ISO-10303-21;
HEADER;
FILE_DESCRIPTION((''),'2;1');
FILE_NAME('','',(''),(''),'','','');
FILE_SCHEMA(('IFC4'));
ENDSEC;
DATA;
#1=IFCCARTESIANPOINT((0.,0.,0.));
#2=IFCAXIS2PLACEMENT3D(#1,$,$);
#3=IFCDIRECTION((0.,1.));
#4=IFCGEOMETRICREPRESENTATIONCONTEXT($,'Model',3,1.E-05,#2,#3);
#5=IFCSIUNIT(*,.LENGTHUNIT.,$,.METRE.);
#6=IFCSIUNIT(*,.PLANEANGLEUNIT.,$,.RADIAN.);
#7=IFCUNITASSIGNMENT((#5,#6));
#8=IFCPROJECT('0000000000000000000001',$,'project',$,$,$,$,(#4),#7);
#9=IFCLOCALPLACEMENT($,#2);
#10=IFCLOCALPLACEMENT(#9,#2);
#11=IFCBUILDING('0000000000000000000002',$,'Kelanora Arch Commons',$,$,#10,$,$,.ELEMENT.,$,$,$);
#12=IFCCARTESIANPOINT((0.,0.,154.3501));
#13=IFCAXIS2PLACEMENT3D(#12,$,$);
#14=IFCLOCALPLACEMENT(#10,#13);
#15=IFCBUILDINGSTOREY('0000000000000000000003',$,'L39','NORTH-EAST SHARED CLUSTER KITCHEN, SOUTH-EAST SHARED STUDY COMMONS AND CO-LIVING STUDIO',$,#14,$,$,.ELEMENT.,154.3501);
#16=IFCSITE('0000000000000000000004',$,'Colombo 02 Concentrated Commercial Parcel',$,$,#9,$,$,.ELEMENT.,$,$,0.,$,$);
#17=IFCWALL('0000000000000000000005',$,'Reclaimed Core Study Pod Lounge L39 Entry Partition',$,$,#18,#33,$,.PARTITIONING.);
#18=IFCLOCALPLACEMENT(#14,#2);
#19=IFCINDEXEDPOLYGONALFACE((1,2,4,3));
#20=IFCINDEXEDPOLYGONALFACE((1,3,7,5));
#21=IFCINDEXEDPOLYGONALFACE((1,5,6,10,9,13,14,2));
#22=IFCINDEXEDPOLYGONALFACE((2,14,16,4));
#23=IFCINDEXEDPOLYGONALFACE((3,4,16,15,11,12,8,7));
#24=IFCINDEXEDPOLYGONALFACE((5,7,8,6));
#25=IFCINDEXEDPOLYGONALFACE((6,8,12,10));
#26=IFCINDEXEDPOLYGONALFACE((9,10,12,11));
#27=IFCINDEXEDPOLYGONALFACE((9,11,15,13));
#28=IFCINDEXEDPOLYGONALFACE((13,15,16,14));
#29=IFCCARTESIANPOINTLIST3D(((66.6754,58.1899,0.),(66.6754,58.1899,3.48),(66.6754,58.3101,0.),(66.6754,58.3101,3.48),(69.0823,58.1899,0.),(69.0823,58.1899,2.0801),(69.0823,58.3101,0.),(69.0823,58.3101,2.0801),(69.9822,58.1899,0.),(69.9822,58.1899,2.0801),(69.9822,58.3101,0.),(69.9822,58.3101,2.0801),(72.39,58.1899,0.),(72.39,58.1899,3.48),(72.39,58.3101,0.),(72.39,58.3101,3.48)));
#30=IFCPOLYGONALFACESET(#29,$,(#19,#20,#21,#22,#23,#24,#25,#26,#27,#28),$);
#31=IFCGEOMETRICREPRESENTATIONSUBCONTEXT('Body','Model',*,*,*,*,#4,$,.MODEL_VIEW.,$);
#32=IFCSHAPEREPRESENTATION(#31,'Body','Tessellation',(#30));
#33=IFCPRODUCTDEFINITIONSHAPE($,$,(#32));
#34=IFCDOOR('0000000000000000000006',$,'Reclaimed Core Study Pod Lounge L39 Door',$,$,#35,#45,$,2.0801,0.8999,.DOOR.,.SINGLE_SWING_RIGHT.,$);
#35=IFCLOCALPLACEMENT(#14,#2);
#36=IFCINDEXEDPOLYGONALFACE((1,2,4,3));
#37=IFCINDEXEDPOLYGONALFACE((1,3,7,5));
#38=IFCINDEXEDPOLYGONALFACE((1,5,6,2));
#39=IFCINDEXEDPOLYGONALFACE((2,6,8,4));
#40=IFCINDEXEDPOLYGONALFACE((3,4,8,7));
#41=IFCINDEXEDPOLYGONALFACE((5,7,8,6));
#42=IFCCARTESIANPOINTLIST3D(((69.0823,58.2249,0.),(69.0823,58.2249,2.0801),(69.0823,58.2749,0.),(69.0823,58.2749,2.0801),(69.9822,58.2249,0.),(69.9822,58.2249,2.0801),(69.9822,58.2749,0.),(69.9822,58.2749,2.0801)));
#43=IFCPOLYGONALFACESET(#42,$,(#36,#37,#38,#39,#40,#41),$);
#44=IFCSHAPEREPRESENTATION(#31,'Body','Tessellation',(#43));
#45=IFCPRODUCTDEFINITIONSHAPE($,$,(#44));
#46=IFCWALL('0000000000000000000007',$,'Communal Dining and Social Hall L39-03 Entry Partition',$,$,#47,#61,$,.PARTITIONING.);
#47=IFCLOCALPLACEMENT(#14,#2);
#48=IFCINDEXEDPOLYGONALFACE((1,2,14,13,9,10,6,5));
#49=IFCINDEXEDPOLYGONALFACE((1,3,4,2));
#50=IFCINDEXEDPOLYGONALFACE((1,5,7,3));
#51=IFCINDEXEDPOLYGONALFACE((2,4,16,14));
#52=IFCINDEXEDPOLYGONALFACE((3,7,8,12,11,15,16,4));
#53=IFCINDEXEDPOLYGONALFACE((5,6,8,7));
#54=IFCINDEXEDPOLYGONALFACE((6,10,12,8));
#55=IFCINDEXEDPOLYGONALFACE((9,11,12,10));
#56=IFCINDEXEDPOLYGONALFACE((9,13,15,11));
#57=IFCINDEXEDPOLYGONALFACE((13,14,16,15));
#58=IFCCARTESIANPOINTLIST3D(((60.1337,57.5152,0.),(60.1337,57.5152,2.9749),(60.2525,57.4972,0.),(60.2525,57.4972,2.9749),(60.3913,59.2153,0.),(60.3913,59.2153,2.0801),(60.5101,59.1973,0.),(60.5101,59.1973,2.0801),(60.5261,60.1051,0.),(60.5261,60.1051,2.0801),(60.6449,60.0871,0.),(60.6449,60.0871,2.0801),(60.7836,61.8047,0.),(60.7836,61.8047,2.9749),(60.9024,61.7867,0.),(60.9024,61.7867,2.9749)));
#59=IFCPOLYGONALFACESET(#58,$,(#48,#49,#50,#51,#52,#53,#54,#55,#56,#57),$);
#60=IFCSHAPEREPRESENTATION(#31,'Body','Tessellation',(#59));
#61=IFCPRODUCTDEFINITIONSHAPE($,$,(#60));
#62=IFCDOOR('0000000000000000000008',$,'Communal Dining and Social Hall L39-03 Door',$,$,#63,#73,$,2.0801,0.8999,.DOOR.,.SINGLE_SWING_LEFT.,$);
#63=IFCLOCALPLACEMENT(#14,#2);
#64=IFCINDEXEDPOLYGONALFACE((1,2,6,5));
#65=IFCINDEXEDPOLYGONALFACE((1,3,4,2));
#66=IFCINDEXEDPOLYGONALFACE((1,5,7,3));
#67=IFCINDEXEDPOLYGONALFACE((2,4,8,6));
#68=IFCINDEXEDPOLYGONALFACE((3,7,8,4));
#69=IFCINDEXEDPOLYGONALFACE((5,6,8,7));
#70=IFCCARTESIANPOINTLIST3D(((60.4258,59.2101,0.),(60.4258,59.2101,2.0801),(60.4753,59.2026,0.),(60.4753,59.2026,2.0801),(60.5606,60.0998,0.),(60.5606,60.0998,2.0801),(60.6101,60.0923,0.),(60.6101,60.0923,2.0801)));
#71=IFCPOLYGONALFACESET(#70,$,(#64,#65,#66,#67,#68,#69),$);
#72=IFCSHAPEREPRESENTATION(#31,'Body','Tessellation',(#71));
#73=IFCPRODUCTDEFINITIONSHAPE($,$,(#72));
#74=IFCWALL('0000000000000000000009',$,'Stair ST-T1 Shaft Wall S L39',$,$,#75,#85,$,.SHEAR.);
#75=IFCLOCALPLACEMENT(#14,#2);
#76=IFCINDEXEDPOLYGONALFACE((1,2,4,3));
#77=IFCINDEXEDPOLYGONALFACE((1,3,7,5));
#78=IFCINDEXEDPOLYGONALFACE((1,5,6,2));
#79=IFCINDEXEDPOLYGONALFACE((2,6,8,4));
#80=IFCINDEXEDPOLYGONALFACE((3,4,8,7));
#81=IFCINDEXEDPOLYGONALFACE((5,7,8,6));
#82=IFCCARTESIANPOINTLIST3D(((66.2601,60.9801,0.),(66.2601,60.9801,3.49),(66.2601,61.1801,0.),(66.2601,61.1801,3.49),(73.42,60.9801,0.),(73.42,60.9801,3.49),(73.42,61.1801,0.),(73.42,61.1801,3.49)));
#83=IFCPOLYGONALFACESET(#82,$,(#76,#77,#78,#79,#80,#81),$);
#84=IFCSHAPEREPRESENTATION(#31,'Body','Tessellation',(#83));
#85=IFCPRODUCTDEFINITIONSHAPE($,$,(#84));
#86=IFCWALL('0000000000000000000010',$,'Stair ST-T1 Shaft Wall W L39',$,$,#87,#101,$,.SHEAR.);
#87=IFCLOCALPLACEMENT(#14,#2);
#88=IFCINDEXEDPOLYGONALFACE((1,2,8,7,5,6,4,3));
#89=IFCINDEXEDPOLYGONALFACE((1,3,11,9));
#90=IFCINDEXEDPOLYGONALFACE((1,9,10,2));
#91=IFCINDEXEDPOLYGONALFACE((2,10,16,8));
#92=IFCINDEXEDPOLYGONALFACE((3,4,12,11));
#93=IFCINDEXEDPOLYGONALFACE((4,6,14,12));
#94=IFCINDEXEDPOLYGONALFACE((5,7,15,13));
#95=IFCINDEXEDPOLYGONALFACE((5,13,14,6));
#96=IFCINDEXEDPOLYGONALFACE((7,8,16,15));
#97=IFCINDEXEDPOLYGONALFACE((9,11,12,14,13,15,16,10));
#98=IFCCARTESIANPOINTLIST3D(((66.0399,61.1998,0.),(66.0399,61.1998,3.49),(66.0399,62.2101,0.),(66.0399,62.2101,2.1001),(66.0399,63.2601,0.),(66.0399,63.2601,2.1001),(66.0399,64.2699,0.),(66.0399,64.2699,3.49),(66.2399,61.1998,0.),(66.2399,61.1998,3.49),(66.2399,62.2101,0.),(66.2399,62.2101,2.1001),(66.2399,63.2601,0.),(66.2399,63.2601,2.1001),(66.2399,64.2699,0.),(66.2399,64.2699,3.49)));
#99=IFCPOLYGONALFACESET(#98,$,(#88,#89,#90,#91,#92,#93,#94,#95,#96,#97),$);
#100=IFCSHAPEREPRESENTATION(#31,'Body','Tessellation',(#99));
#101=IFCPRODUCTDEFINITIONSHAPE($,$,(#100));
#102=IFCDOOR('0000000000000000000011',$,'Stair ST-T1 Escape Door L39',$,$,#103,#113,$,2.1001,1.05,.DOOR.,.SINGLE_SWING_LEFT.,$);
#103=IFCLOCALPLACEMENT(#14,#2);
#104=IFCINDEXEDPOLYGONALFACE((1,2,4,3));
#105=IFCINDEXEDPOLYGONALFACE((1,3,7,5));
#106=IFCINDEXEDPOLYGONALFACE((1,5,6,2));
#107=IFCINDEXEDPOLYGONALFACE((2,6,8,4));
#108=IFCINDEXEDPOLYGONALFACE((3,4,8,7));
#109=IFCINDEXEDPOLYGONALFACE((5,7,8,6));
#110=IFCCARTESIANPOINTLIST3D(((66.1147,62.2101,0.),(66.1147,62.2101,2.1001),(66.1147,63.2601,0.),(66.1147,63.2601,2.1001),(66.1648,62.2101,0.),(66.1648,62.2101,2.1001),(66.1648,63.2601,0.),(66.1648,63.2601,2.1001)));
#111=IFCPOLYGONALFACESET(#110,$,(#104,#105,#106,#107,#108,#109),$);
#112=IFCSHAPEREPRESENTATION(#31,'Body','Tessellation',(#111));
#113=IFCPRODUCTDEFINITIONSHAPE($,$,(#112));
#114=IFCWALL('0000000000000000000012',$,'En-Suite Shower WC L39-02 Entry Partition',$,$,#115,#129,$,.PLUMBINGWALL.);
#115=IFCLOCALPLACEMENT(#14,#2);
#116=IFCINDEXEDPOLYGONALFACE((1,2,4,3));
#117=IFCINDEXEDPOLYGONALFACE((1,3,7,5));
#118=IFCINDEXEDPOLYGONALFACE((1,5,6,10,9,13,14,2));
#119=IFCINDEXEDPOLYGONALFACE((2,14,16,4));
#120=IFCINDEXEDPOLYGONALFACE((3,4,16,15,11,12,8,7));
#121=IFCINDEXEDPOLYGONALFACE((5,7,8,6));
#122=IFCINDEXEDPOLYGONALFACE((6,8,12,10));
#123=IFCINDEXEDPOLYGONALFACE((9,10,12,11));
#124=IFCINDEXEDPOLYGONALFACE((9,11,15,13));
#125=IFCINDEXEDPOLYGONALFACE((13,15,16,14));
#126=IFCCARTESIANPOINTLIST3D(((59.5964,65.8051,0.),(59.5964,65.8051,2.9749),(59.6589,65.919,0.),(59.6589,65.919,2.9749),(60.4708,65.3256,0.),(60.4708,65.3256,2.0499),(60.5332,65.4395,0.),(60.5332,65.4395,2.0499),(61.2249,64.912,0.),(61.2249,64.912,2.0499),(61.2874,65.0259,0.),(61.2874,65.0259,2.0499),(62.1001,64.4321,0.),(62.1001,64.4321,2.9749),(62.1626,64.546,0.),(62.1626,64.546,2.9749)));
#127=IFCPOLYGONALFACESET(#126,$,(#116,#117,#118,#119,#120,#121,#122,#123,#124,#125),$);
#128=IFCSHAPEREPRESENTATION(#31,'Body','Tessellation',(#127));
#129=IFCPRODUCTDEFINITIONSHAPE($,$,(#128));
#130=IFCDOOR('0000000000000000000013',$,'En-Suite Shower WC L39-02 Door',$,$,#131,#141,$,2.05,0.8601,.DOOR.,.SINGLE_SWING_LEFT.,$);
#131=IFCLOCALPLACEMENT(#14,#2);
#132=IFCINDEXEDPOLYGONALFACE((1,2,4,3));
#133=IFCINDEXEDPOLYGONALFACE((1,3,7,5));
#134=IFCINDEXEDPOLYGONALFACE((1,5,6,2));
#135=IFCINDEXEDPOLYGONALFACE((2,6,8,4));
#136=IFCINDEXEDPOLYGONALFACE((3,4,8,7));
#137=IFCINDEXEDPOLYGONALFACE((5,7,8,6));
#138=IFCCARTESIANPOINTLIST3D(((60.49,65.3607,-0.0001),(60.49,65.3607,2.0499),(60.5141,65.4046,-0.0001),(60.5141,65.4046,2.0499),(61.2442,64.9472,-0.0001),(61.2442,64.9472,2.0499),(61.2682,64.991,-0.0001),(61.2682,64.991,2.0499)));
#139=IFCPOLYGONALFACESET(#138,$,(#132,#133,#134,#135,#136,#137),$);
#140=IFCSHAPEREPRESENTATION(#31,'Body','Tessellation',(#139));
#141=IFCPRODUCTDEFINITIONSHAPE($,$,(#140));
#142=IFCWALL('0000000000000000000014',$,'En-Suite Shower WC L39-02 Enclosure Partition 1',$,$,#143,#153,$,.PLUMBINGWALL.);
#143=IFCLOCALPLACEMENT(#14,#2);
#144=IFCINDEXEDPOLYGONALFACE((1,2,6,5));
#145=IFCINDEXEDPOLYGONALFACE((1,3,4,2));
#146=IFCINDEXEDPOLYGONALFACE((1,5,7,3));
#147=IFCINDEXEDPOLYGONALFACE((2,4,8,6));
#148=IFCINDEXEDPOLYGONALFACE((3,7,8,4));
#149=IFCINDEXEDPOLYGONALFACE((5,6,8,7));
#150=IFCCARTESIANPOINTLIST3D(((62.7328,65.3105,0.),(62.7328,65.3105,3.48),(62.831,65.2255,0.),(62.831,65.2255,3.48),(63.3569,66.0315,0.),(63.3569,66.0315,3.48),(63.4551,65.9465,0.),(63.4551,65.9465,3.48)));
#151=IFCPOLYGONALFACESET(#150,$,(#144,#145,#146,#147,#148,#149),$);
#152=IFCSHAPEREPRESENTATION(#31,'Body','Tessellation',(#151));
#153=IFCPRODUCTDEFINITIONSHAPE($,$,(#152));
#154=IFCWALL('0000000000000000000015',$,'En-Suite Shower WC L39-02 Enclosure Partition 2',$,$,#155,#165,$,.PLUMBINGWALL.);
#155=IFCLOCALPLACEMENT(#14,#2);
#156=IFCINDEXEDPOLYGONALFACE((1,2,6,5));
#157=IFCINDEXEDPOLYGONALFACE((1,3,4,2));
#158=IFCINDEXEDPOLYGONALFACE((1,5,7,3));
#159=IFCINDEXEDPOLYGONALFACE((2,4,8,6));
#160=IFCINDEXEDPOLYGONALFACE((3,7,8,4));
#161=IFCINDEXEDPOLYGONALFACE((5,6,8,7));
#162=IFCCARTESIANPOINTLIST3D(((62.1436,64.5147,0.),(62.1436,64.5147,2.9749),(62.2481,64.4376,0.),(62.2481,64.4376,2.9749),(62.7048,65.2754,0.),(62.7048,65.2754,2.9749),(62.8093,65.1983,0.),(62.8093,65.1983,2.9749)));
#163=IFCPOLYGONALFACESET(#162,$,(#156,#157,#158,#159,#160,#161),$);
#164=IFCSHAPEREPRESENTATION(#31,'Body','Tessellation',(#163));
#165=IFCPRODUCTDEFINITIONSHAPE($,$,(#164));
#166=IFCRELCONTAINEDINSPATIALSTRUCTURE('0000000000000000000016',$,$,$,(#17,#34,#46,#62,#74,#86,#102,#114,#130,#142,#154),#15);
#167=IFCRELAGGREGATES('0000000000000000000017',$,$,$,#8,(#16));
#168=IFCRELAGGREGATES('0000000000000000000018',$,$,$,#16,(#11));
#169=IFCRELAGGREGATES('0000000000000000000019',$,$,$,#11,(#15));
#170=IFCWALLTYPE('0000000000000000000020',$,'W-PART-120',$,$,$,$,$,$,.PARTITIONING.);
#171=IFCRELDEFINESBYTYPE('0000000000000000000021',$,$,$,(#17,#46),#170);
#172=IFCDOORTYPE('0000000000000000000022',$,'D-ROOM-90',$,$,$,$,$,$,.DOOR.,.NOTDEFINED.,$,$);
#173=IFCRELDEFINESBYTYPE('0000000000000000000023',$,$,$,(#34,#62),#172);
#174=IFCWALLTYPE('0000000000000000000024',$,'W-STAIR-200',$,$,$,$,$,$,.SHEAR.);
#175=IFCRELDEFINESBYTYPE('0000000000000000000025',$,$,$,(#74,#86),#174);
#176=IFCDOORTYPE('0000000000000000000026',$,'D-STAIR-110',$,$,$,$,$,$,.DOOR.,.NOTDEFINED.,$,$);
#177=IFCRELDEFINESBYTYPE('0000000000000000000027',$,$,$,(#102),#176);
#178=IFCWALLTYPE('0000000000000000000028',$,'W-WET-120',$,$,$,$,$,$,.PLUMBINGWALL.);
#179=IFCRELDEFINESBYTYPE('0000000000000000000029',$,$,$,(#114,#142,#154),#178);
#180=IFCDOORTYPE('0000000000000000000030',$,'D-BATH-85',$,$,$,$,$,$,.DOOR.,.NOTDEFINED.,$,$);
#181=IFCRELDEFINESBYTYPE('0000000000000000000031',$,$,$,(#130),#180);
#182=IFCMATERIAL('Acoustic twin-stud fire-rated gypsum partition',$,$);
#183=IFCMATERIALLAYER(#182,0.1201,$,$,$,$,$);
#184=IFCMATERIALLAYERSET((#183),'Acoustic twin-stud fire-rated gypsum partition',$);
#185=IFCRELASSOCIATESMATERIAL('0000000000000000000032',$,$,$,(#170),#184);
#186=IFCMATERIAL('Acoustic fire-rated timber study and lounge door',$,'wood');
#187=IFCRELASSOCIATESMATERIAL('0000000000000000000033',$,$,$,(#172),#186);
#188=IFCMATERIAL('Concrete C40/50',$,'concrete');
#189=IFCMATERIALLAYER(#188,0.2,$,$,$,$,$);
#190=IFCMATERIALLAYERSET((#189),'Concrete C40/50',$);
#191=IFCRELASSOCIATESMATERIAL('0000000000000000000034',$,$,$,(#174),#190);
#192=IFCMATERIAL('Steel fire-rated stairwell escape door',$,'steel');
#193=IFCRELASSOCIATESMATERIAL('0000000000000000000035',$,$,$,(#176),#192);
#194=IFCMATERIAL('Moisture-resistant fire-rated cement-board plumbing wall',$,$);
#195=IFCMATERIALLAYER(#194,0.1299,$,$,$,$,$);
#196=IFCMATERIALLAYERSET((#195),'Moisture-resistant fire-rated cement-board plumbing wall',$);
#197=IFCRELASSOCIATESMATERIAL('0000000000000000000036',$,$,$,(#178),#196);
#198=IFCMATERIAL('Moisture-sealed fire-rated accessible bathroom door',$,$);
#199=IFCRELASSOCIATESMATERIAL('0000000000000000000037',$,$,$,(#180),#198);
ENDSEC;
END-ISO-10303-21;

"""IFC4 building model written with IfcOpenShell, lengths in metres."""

from ifc_helpers import new_model, si_unit, direction, frame, frame_2d, origin, place, context, subcontext, project, spatial, rectangle, extrude, material, layer, layer_set, type_object, element, fill, save


model = new_model("IFC4")

# Units and contexts
model_context = context("Model", 3, precision=1e-05, world=origin(), true_north=direction((0.0, 1.0)))
body_context = subcontext(model_context, "Body", "Model", "MODEL_VIEW")
ifc_project = project(units=[si_unit("LENGTHUNIT", "METRE"), si_unit("PLANEANGLEUNIT", "RADIAN")], contexts=[model_context])

# Site, building, storey
site_placement = place(None, origin())
site = spatial("IfcSite", under=ifc_project, at=site_placement, Name="Colombo 02 Concentrated Commercial Parcel", CompositionType="ELEMENT", RefElevation=0.0)
building_placement = place(site_placement, origin())
building = spatial("IfcBuilding", under=site, at=building_placement, Name="Kelanora Arch Commons", CompositionType="ELEMENT")
storey_placement = place(building_placement, frame((0.0, 0.0, 154.3501)))
storey = spatial("IfcBuildingStorey", under=building, at=storey_placement, Name="L39", Description="NORTH-EAST SHARED CLUSTER KITCHEN, SOUTH-EAST SHARED STUDY COMMONS AND CO-LIVING STUDIO", CompositionType="ELEMENT", Elevation=154.3501)

# Walls, openings, doors
ifc_material_1 = material(Name="Acoustic twin-stud fire-rated gypsum partition")
ifc_layer_1 = layer(ifc_material_1, 0.1201)
ifc_layer_set_1 = layer_set([ifc_layer_1], Name="Acoustic twin-stud fire-rated gypsum partition")
wall_type_1 = type_object("IfcWallType", Name="W-PART-120", PredefinedType="PARTITIONING", material=ifc_layer_set_1)
wall_1_placement = place(storey_placement, frame((66.6753, 58.25, 0.0), z_axis=(0.0, 0.0, 1.0), x_axis=(1.0, 0.0, 0.0)))
wall_1 = element("IfcWall", 1, at=wall_1_placement, inside=storey, type_object=wall_type_1, Name="Reclaimed Core Study Pod Lounge L39 Entry Partition", PredefinedType="PARTITIONING", context=body_context, shape_type="SweptSolid", body=[
    extrude(rectangle(XDim=5.7146, YDim=0.1201, at=frame_2d((2.8574, 0.0))), origin(), (0.0, 0.0, 1.0), 3.48),
])
opening_1_placement = place(wall_1_placement, frame((2.407, 0.0, 0.0)))
opening_1 = element("IfcOpeningElement", 2, at=opening_1_placement, cuts=wall_1, PredefinedType="OPENING", context=body_context, shape_type="SweptSolid", body=[
    extrude(rectangle(XDim=0.8999, YDim=2.0801, at=frame_2d((0.45, 1.04))), frame((0.0, 0.0701, 0.0), z_axis=(0.0, -1.0, 0.0), x_axis=(1.0, 0.0, 0.0)), (0.0, 0.0, 1.0), 0.1401),
])
ifc_material_2 = material(Name="Acoustic fire-rated timber study and lounge door", Category="wood")
door_type_1 = type_object("IfcDoorType", Name="D-ROOM-90", OperationType="NOTDEFINED", PredefinedType="DOOR", material=ifc_material_2)
door_1_placement = place(opening_1_placement, origin())
door_1 = element("IfcDoor", 3, at=door_1_placement, inside=storey, type_object=door_type_1, Name="Reclaimed Core Study Pod Lounge L39 Door", OperationType="SINGLE_SWING_RIGHT", OverallHeight=2.0801, OverallWidth=0.8999, PredefinedType="DOOR", context=body_context, shape_type="SweptSolid", body=[
    extrude(rectangle(XDim=0.8999, YDim=2.0801, at=frame_2d((0.45, 1.04))), frame((0.0, 0.0249, 0.0), z_axis=(0.0, -1.0, 0.0), x_axis=(1.0, 0.0, 0.0)), (0.0, 0.0, 1.0), 0.05),
])
fill(opening_1, door_1)
wall_2_placement = place(storey_placement, frame((60.843, 61.7957, 0.0), z_axis=(0.0, 0.0, 1.0), x_axis=(-0.149807, -0.988715, 0.0)))
wall_2 = element("IfcWall", 4, at=wall_2_placement, inside=storey, type_object=wall_type_1, Name="Communal Dining and Social Hall L39-03 Entry Partition", PredefinedType="PARTITIONING", context=body_context, shape_type="SweptSolid", body=[
    extrude(rectangle(XDim=4.3384, YDim=0.1201, at=frame_2d((2.1692, 0.0))), origin(), (0.0, 0.0, 1.0), 2.9749),
])
opening_2_placement = place(wall_2_placement, frame((1.719, 0.0, 0.0)))
opening_2 = element("IfcOpeningElement", 5, at=opening_2_placement, cuts=wall_2, PredefinedType="OPENING", context=body_context, shape_type="SweptSolid", body=[
    extrude(rectangle(XDim=0.8999, YDim=2.0801, at=frame_2d((0.45, 1.04))), frame((0.0, 0.0701, 0.0), z_axis=(0.0, -1.0, 0.0), x_axis=(1.0, 0.0, 0.0)), (0.0, 0.0, 1.0), 0.1401),
])
door_2_placement = place(opening_2_placement, origin())
door_2 = element("IfcDoor", 6, at=door_2_placement, inside=storey, type_object=door_type_1, Name="Communal Dining and Social Hall L39-03 Door", OperationType="SINGLE_SWING_LEFT", OverallHeight=2.0801, OverallWidth=0.8999, PredefinedType="DOOR", context=body_context, shape_type="SweptSolid", body=[
    extrude(rectangle(XDim=0.8999, YDim=2.0801, at=frame_2d((0.45, 1.04))), frame((0.0, 0.0249, 0.0), z_axis=(0.0, -1.0, 0.0), x_axis=(1.0, 0.0, 0.0)), (0.0, 0.0, 1.0), 0.05),
])
fill(opening_2, door_2)

# Wall
ifc_material_3 = material(Name="Concrete C40/50", Category="concrete")
ifc_layer_2 = layer(ifc_material_3, 0.2)
ifc_layer_set_2 = layer_set([ifc_layer_2], Name="Concrete C40/50")
wall_type_2 = type_object("IfcWallType", Name="W-STAIR-200", PredefinedType="SHEAR", material=ifc_layer_set_2)
wall_3_placement = place(storey_placement, frame((66.26, 61.0801, 0.0), z_axis=(0.0, 0.0, 1.0), x_axis=(1.0, 0.0, 0.0)))
element("IfcWall", 7, at=wall_3_placement, inside=storey, type_object=wall_type_2, Name="Stair ST-T1 Shaft Wall S L39", PredefinedType="SHEAR", context=body_context, shape_type="SweptSolid", body=[
    extrude(rectangle(XDim=7.1599, YDim=0.2, at=frame_2d((3.5801, 0.0))), origin(), (0.0, 0.0, 1.0), 3.49),
])

# Walls, openings, doors
wall_4_placement = place(storey_placement, frame((66.1399, 64.27, 0.0), z_axis=(0.0, 0.0, 1.0), x_axis=(0.0, -1.0, 0.0)))
wall_4 = element("IfcWall", 8, at=wall_4_placement, inside=storey, type_object=wall_type_2, Name="Stair ST-T1 Shaft Wall W L39", PredefinedType="SHEAR", context=body_context, shape_type="SweptSolid", body=[
    extrude(rectangle(XDim=3.0701, YDim=0.2, at=frame_2d((1.5352, 0.0))), origin(), (0.0, 0.0, 1.0), 3.49),
])
opening_3_placement = place(wall_4_placement, frame((1.01, 0.0, 0.0)))
opening_3 = element("IfcOpeningElement", 9, at=opening_3_placement, cuts=wall_4, PredefinedType="OPENING", context=body_context, shape_type="SweptSolid", body=[
    extrude(rectangle(XDim=1.05, YDim=2.1001, at=frame_2d((0.5249, 1.05))), frame((0.0, 0.1099, 0.0), z_axis=(0.0, -1.0, 0.0), x_axis=(1.0, 0.0, 0.0)), (0.0, 0.0, 1.0), 0.22),
])
ifc_material_4 = material(Name="Steel fire-rated stairwell escape door", Category="steel")
door_type_2 = type_object("IfcDoorType", Name="D-STAIR-110", OperationType="NOTDEFINED", PredefinedType="DOOR", material=ifc_material_4)
door_3_placement = place(opening_3_placement, origin())
door_3 = element("IfcDoor", 10, at=door_3_placement, inside=storey, type_object=door_type_2, Name="Stair ST-T1 Escape Door L39", OperationType="SINGLE_SWING_LEFT", OverallHeight=2.1001, OverallWidth=1.05, PredefinedType="DOOR", context=body_context, shape_type="SweptSolid", body=[
    extrude(rectangle(XDim=1.05, YDim=2.1001, at=frame_2d((0.5249, 1.05))), frame((0.0, 0.0249, 0.0), z_axis=(0.0, -1.0, 0.0), x_axis=(1.0, 0.0, 0.0)), (0.0, 0.0, 1.0), 0.05),
])
fill(opening_3, door_3)
ifc_material_5 = material(Name="Moisture-resistant fire-rated cement-board plumbing wall")
ifc_layer_3 = layer(ifc_material_5, 0.1299)
ifc_layer_set_3 = layer_set([ifc_layer_3], Name="Moisture-resistant fire-rated cement-board plumbing wall")
wall_type_3 = type_object("IfcWallType", Name="W-WET-120", PredefinedType="PLUMBINGWALL", material=ifc_layer_set_3)
wall_5_placement = place(storey_placement, frame((62.1313, 64.489, 0.0), z_axis=(0.0, 0.0, 1.0), x_axis=(-0.876802, 0.480852, 0.0)))
wall_5 = element("IfcWall", 11, at=wall_5_placement, inside=storey, type_object=wall_type_3, Name="En-Suite Shower WC L39-02 Entry Partition", PredefinedType="PLUMBINGWALL", context=body_context, shape_type="SweptSolid", body=[
    extrude(rectangle(XDim=2.8555, YDim=0.1299, at=frame_2d((1.4277, 0.0))), origin(), (0.0, 0.0, 1.0), 2.9749),
])
opening_4_placement = place(wall_5_placement, frame((0.998, 0.0, 0.0)))
opening_4 = element("IfcOpeningElement", 12, at=opening_4_placement, cuts=wall_5, PredefinedType="OPENING", context=body_context, shape_type="SweptSolid", body=[
    extrude(rectangle(XDim=0.8601, YDim=2.05, at=frame_2d((0.4302, 1.0249))), frame((0.0, 0.075, 0.0), z_axis=(0.0, -1.0, 0.0), x_axis=(1.0, 0.0, 0.0)), (0.0, 0.0, 1.0), 0.1499),
])
ifc_material_6 = material(Name="Moisture-sealed fire-rated accessible bathroom door")
door_type_3 = type_object("IfcDoorType", Name="D-BATH-85", OperationType="NOTDEFINED", PredefinedType="DOOR", material=ifc_material_6)
door_4_placement = place(opening_4_placement, origin())
door_4 = element("IfcDoor", 13, at=door_4_placement, inside=storey, type_object=door_type_3, Name="En-Suite Shower WC L39-02 Door", OperationType="SINGLE_SWING_LEFT", OverallHeight=2.05, OverallWidth=0.8601, PredefinedType="DOOR", context=body_context, shape_type="SweptSolid", body=[
    extrude(rectangle(XDim=0.8601, YDim=2.05, at=frame_2d((0.4302, 1.0249))), frame((0.0, 0.0249, 0.0), z_axis=(0.0, -1.0, 0.0), x_axis=(1.0, 0.0, 0.0)), (0.0, 0.0, 1.0), 0.05),
])
fill(opening_4, door_4)

# Walls
wall_6_placement = place(storey_placement, frame((63.406, 65.989, 0.0), z_axis=(0.0, 0.0, 1.0), x_axis=(-0.654453, -0.756103, 0.0)))
element("IfcWall", 14, at=wall_6_placement, inside=storey, type_object=wall_type_3, Name="En-Suite Shower WC L39-02 Enclosure Partition 1", PredefinedType="PLUMBINGWALL", context=body_context, shape_type="SweptSolid", body=[
    extrude(rectangle(XDim=0.9536, YDim=0.1299, at=frame_2d((0.4768, 0.0))), origin(), (0.0, 0.0, 1.0), 3.48),
])
wall_7_placement = place(storey_placement, frame((62.7571, 65.2368, 0.0), z_axis=(0.0, 0.0, 1.0), x_axis=(-0.593701, -0.804686, 0.0)))
element("IfcWall", 15, at=wall_7_placement, inside=storey, type_object=wall_type_3, Name="En-Suite Shower WC L39-02 Enclosure Partition 2", PredefinedType="PLUMBINGWALL", context=body_context, shape_type="SweptSolid", body=[
    extrude(rectangle(XDim=0.9453, YDim=0.1299, at=frame_2d((0.4727, 0.0))), origin(), (0.0, 0.0, 1.0), 2.9749),
])

save(model, "model.ifc")
